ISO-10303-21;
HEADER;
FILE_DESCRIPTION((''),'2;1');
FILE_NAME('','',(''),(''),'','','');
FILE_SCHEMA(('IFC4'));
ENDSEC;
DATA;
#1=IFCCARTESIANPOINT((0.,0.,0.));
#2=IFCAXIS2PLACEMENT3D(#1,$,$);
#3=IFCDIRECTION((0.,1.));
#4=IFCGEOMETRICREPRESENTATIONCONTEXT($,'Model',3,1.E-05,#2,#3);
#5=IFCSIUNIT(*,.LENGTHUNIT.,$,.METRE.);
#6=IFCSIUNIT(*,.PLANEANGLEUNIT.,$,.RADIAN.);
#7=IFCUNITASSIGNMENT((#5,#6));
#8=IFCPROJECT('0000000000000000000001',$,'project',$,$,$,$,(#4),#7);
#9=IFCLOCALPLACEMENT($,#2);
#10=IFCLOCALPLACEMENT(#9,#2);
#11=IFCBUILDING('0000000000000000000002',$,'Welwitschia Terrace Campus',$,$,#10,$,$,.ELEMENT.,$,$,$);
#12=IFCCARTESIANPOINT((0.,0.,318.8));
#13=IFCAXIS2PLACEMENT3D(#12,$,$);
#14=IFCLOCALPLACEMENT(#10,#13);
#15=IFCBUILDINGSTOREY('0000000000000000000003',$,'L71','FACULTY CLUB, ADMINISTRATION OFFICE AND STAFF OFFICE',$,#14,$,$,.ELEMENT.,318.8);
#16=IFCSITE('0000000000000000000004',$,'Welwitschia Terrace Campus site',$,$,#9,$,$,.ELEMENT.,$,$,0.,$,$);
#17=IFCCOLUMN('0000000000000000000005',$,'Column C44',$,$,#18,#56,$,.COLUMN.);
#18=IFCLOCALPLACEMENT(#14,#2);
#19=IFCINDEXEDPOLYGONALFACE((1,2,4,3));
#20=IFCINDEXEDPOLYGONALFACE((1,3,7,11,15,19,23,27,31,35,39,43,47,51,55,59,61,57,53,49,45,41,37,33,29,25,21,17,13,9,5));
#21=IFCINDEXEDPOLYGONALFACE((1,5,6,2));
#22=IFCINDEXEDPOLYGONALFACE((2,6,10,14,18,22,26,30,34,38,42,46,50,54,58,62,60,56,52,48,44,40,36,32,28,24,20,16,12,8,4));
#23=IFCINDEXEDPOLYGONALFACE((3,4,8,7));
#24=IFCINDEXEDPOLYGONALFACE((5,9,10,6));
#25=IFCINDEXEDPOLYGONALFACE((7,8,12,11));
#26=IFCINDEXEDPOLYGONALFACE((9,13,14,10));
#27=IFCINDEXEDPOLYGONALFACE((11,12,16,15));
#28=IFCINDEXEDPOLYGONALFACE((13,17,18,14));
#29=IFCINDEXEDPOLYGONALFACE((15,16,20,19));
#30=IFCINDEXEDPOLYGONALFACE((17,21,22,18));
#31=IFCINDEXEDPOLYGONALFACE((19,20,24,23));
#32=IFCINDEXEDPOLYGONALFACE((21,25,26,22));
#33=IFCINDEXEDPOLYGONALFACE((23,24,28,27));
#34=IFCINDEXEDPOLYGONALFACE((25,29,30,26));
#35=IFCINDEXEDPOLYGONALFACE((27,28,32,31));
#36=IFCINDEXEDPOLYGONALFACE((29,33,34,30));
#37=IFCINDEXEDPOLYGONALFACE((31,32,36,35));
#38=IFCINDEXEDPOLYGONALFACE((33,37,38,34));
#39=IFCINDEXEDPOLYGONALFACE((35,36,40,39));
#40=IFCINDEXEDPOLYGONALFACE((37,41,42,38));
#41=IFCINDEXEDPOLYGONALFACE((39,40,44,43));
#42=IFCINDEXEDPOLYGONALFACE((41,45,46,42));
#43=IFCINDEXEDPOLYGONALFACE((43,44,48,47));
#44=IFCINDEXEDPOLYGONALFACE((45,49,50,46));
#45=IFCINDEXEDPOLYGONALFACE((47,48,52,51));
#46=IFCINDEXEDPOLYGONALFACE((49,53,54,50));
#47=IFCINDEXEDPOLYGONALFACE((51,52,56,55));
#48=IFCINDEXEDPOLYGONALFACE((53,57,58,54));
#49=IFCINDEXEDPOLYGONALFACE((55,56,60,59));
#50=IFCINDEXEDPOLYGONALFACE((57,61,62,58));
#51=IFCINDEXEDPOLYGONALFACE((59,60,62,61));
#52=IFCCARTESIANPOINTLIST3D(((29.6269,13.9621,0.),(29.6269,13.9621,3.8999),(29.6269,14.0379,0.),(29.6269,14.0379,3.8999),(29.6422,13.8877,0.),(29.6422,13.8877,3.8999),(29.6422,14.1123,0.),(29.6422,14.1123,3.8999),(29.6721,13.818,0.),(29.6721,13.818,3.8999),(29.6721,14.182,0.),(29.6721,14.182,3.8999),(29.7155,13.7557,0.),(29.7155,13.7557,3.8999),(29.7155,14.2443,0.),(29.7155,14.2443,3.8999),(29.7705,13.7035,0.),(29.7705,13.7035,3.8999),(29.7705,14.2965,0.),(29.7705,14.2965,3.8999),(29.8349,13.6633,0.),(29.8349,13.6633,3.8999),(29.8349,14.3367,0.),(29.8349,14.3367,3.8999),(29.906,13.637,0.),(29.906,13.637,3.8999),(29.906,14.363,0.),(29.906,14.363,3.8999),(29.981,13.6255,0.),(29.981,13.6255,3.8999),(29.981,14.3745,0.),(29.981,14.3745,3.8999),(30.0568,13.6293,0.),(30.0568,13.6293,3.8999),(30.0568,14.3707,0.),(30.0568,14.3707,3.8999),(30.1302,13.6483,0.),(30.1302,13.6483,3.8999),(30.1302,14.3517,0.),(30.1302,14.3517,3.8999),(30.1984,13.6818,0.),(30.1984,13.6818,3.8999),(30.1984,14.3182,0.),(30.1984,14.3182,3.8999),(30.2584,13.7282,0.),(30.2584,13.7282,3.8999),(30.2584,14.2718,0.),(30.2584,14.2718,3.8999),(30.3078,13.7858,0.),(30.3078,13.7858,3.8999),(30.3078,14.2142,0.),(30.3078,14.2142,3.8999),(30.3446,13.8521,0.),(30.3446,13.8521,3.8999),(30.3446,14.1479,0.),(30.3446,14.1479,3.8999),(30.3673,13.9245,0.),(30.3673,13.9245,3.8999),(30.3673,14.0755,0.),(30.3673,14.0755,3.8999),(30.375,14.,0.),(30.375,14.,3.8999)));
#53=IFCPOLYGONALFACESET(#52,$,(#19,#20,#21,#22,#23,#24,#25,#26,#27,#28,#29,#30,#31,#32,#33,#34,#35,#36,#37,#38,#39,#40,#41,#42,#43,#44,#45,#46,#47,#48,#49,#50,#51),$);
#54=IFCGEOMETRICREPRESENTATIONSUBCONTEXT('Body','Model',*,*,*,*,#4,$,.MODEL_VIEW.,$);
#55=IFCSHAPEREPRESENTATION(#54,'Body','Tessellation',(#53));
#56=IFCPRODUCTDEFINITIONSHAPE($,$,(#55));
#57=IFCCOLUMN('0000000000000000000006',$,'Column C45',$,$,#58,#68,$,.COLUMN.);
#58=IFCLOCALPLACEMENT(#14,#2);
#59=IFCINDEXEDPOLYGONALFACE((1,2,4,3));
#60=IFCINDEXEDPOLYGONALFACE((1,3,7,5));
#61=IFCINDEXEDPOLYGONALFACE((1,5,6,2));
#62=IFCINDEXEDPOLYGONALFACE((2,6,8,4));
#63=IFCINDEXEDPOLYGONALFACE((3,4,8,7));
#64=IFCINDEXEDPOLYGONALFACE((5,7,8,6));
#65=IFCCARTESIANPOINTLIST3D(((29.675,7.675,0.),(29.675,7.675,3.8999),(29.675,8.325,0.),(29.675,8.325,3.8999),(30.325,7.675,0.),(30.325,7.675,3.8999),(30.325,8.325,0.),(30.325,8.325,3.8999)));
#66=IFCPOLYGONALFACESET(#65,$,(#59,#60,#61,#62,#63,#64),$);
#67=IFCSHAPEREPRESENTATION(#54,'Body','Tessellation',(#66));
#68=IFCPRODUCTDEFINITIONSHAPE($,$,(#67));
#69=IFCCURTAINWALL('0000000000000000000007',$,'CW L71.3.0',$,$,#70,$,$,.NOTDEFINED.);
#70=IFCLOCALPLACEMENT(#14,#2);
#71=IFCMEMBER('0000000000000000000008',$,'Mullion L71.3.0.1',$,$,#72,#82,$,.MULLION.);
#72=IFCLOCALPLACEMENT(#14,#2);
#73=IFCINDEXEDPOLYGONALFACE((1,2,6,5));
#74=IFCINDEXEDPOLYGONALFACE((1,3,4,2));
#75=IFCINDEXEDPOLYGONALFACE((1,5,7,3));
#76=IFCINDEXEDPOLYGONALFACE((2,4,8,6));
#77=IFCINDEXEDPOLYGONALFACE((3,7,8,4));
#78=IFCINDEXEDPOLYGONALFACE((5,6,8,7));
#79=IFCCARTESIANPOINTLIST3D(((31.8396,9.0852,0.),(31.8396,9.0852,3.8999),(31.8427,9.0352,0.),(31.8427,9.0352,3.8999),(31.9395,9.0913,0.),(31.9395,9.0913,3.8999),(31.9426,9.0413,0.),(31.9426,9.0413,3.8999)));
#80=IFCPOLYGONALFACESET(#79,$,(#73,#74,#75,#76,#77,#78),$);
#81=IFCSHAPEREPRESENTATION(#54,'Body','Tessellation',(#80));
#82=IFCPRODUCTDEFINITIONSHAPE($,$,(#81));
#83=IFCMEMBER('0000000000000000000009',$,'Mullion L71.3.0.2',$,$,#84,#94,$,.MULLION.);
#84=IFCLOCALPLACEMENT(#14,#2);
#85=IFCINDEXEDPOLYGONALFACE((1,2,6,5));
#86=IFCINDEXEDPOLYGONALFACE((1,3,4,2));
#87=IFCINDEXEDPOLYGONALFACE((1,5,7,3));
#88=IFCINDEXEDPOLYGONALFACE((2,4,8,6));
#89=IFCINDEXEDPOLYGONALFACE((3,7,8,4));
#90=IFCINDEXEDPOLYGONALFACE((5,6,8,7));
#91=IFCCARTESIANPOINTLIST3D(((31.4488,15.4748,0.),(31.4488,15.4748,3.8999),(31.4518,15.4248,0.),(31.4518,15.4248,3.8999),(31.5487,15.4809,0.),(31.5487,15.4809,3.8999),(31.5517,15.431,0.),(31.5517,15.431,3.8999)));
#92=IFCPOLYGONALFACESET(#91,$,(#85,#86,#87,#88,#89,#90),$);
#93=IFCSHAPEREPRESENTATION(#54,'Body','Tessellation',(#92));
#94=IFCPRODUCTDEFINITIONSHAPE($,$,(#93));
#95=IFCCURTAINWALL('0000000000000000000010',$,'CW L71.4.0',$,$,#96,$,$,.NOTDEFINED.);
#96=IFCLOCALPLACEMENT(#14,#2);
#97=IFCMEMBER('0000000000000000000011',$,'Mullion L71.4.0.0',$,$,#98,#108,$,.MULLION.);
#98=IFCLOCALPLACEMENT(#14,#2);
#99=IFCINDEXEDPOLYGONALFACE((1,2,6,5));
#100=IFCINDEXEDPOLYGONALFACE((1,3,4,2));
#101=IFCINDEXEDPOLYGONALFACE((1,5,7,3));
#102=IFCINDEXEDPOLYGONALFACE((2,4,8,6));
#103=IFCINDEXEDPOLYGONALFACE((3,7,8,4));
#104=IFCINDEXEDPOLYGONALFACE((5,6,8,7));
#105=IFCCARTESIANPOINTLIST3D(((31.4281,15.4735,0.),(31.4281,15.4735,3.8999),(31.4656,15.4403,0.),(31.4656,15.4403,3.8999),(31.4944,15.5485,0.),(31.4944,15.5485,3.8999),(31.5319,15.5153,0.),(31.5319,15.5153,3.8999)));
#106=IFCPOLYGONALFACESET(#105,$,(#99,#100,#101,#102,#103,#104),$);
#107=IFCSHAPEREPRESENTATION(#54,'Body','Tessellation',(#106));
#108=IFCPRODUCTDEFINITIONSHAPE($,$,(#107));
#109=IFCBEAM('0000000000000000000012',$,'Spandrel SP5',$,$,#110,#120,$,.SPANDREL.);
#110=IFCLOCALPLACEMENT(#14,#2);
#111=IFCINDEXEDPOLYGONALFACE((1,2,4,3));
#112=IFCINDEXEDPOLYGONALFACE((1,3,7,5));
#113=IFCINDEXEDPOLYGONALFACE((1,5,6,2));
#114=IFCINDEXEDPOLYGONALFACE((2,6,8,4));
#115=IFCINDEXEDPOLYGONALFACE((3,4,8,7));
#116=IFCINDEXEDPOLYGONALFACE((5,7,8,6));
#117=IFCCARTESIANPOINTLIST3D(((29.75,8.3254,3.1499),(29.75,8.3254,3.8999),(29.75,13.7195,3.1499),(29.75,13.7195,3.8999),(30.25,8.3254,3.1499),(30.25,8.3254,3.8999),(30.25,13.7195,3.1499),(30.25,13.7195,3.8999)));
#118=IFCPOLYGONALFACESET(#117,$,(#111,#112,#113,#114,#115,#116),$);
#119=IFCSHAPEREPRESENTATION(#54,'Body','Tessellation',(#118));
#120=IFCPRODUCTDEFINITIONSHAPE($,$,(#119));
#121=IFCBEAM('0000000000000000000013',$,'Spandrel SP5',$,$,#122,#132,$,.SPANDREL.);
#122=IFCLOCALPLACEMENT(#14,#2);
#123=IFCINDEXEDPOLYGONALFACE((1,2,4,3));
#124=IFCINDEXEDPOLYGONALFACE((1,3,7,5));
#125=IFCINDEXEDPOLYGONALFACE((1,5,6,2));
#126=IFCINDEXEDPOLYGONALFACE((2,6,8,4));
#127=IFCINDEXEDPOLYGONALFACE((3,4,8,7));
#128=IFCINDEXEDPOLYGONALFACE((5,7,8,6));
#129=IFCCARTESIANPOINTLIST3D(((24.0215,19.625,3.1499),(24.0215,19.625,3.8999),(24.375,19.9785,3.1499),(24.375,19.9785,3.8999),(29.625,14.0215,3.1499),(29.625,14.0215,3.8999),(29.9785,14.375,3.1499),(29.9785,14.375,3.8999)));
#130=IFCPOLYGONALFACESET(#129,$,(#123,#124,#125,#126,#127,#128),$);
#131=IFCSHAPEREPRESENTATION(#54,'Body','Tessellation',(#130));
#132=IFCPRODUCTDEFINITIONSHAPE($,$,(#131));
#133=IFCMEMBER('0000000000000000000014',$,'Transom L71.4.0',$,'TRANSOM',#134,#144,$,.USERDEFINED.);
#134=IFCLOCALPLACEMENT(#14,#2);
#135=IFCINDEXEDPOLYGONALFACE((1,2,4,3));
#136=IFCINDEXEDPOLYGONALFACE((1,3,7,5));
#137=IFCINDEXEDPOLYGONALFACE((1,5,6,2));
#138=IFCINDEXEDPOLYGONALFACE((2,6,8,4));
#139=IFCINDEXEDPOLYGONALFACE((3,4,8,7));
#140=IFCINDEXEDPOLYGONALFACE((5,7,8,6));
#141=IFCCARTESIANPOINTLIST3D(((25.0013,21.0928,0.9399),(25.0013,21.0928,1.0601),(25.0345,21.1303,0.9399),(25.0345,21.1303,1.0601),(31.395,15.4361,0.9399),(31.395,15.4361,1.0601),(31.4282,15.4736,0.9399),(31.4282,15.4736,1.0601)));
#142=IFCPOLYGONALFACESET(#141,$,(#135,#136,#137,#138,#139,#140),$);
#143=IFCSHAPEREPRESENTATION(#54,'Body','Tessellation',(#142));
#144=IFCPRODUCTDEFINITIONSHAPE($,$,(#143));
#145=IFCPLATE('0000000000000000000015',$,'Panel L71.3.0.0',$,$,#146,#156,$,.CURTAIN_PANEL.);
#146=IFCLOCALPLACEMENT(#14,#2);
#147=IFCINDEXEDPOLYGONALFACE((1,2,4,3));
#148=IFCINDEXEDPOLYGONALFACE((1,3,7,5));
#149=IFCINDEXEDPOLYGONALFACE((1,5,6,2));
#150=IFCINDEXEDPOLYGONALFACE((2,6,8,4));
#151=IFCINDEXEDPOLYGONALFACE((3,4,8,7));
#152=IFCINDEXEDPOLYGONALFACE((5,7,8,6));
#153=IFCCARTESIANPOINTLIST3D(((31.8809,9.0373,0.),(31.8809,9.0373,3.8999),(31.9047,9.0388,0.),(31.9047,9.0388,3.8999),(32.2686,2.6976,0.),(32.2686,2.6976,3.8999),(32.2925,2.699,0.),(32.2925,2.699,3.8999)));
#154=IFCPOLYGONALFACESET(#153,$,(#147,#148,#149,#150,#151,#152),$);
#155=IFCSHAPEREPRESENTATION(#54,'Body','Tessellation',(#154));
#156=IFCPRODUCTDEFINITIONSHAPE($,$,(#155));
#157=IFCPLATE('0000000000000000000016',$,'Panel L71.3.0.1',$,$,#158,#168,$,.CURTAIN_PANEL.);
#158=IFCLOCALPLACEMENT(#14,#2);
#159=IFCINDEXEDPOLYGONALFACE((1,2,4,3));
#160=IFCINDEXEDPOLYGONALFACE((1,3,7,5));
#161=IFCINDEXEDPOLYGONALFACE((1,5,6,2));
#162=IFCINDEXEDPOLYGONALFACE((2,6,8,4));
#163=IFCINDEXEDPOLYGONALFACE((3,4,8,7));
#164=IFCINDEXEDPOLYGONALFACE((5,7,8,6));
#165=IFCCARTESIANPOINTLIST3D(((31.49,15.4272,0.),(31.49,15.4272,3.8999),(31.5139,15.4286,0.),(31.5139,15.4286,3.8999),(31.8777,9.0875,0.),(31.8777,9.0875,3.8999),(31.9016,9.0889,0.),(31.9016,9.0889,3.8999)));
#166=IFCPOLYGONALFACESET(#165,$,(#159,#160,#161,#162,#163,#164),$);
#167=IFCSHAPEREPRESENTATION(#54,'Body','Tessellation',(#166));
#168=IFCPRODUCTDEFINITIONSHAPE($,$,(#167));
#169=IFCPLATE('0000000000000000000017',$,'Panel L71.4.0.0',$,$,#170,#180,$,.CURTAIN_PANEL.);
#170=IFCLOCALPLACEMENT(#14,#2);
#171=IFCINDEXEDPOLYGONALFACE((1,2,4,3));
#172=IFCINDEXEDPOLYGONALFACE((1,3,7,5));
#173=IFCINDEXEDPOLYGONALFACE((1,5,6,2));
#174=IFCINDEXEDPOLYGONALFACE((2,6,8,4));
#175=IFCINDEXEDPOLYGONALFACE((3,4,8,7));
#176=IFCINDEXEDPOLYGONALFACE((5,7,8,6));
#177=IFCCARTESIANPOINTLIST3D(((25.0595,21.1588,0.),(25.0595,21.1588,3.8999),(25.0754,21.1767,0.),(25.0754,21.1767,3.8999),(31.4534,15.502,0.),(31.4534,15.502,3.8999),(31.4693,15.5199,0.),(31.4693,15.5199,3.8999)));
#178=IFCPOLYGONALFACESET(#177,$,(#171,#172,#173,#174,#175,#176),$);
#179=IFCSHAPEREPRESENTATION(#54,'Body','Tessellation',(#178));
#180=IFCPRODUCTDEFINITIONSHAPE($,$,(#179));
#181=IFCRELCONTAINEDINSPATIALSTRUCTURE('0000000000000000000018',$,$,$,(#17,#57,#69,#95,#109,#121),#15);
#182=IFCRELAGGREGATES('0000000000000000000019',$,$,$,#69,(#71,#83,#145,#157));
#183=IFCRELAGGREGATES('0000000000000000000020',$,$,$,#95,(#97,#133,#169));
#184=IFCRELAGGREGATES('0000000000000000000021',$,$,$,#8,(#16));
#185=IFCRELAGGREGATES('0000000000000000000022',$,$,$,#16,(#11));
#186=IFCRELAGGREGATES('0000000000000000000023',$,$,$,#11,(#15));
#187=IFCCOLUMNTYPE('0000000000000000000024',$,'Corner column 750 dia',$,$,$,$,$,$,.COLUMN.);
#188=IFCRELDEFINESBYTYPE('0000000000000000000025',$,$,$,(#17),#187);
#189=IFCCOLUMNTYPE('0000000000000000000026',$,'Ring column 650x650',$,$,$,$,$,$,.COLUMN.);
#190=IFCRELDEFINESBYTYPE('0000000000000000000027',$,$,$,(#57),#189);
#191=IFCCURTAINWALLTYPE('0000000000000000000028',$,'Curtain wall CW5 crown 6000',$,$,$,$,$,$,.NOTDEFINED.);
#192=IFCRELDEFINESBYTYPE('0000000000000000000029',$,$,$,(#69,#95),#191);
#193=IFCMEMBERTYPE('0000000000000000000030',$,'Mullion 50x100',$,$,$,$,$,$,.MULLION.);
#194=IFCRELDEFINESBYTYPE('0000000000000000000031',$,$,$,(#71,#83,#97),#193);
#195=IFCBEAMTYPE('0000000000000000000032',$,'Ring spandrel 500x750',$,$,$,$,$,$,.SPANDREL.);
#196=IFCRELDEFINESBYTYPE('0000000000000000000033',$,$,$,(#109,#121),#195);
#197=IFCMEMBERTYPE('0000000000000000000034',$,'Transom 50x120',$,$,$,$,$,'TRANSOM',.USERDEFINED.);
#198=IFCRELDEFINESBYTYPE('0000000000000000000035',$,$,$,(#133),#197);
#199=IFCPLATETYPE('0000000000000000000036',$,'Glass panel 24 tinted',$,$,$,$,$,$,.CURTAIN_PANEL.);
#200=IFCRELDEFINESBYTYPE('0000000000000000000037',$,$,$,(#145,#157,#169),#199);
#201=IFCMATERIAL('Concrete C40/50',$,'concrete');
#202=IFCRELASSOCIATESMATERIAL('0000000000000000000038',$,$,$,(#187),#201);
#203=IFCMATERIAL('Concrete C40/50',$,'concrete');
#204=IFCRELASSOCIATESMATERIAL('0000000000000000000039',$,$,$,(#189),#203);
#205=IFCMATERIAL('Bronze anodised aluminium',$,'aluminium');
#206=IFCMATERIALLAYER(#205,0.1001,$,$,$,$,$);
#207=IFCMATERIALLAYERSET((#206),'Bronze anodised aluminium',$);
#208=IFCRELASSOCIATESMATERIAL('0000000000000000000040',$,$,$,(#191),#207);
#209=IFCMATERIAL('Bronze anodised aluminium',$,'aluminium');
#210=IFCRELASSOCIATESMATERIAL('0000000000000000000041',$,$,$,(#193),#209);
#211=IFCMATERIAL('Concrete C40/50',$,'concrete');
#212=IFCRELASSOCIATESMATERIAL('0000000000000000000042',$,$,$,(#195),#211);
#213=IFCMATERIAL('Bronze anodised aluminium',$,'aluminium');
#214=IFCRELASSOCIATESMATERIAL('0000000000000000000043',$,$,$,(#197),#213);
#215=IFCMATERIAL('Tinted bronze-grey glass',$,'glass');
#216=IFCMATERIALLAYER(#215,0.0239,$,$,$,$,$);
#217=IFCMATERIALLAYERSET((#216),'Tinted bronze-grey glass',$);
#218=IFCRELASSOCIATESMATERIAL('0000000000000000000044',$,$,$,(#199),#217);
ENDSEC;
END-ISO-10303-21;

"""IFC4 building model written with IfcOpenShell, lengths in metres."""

from ifc_helpers import new_model, si_unit, direction, frame, origin, origin_2d, place, context, subcontext, project, spatial, rectangle, circle, extrude, material, layer, layer_set, material_profile, profile_set, type_object, element, aggregate, save


model = new_model("IFC4")

# Units and contexts
model_context = context("Model", 3, precision=1e-05, world=origin(), true_north=direction((0.0, 1.0)))
body_context = subcontext(model_context, "Body", "Model", "MODEL_VIEW")
ifc_project = project(units=[si_unit("LENGTHUNIT", "METRE"), si_unit("PLANEANGLEUNIT", "RADIAN")], contexts=[model_context])

# Site, building, storey
site_placement = place(None, origin())
site = spatial("IfcSite", under=ifc_project, at=site_placement, Name="Welwitschia Terrace Campus site", CompositionType="ELEMENT", RefElevation=0.0)
building_placement = place(site_placement, origin())
building = spatial("IfcBuilding", under=site, at=building_placement, Name="Welwitschia Terrace Campus", CompositionType="ELEMENT")
storey_placement = place(building_placement, frame((0.0, 0.0, 318.8)))
storey = spatial("IfcBuildingStorey", under=building, at=storey_placement, Name="L71", Description="FACULTY CLUB, ADMINISTRATION OFFICE AND STAFF OFFICE", CompositionType="ELEMENT", Elevation=318.8)

# Columns
ifc_material_1 = material(Name="Concrete C40/50", Category="concrete")
ifc_material_profile_1 = material_profile(ifc_material_1, circle(Radius=0.375, at=origin_2d()))
ifc_profile_set_1 = profile_set([ifc_material_profile_1], Name="Concrete C40/50")
column_type_1 = type_object("IfcColumnType", Name="Corner column 750 dia", PredefinedType="COLUMN", material=ifc_profile_set_1)
column_1_placement = place(storey_placement, frame((30.0, 14.0, 0.0), z_axis=(0.0, 0.0, 1.0), x_axis=(1.0, 0.0, 0.0)))
element("IfcColumn", 1, at=column_1_placement, inside=storey, type_object=column_type_1, Name="Column C44", PredefinedType="COLUMN", context=body_context, shape_type="SweptSolid", body=[
    extrude(circle(Radius=0.375, at=origin_2d()), origin(), (0.0, 0.0, 1.0), 3.8999),
])
ifc_material_2 = material(Name="Concrete C40/50", Category="concrete")
ifc_material_profile_2 = material_profile(ifc_material_2, rectangle(XDim=0.6499, YDim=0.6499, at=origin_2d()))
ifc_profile_set_2 = profile_set([ifc_material_profile_2], Name="Concrete C40/50")
column_type_2 = type_object("IfcColumnType", Name="Ring column 650x650", PredefinedType="COLUMN", material=ifc_profile_set_2)
column_2_placement = place(storey_placement, frame((30.0, 8.0, 0.0), z_axis=(0.0, 0.0, 1.0), x_axis=(1.0, 0.0, 0.0)))
element("IfcColumn", 2, at=column_2_placement, inside=storey, type_object=column_type_2, Name="Column C45", PredefinedType="COLUMN", context=body_context, shape_type="SweptSolid", body=[
    extrude(rectangle(XDim=0.6499, YDim=0.6499, at=origin_2d()), origin(), (0.0, 0.0, 1.0), 3.8999),
])

# Curtain wall, members
ifc_material_3 = material(Name="Bronze anodised aluminium", Category="aluminium")
ifc_layer_1 = layer(ifc_material_3, 0.1001)
ifc_layer_set_1 = layer_set([ifc_layer_1], Name="Bronze anodised aluminium")
curtain_wall_type = type_object("IfcCurtainWallType", Name="Curtain wall CW5 crown 6000", PredefinedType="NOTDEFINED", material=ifc_layer_set_1)
curtain_wall_1_placement = place(storey_placement, origin())
curtain_wall_1 = element("IfcCurtainWall", 3, at=curtain_wall_1_placement, inside=storey, type_object=curtain_wall_type, Name="CW L71.3.0", PredefinedType="NOTDEFINED")
ifc_material_4 = material(Name="Bronze anodised aluminium", Category="aluminium")
ifc_material_profile_3 = material_profile(ifc_material_4, rectangle(XDim=0.1001, YDim=0.05, at=origin_2d()))
ifc_profile_set_3 = profile_set([ifc_material_profile_3], Name="Bronze anodised aluminium")
member_type_1 = type_object("IfcMemberType", Name="Mullion 50x100", PredefinedType="MULLION", material=ifc_profile_set_3)
member_1_placement = place(storey_placement, frame((31.8911, 9.0632, 0.0), z_axis=(0.0, 0.0, 1.0), x_axis=(-0.998135, -0.061049, 0.0)))
member_1 = element("IfcMember", 4, at=member_1_placement, type_object=member_type_1, Name="Mullion L71.3.0.1", PredefinedType="MULLION", context=body_context, shape_type="SweptSolid", body=[
    extrude(rectangle(XDim=0.1001, YDim=0.05, at=origin_2d()), origin(), (0.0, 0.0, 1.0), 3.8999),
])
member_2_placement = place(storey_placement, frame((31.5002, 15.4529, 0.0), z_axis=(0.0, 0.0, 1.0), x_axis=(-0.998135, -0.061049, 0.0)))
member_2 = element("IfcMember", 5, at=member_2_placement, type_object=member_type_1, Name="Mullion L71.3.0.2", PredefinedType="MULLION", context=body_context, shape_type="SweptSolid", body=[
    extrude(rectangle(XDim=0.1001, YDim=0.05, at=origin_2d()), origin(), (0.0, 0.0, 1.0), 3.8999),
])

# Curtain wall, member
curtain_wall_2_placement = place(storey_placement, origin())
curtain_wall_2 = element("IfcCurtainWall", 6, at=curtain_wall_2_placement, inside=storey, type_object=curtain_wall_type, Name="CW L71.4.0", PredefinedType="NOTDEFINED")
member_3_placement = place(storey_placement, frame((31.48, 15.4944, 0.0), z_axis=(0.0, 0.0, 1.0), x_axis=(-0.66262, -0.748956, 0.0)))
member_3 = element("IfcMember", 7, at=member_3_placement, type_object=member_type_1, Name="Mullion L71.4.0.0", PredefinedType="MULLION", context=body_context, shape_type="SweptSolid", body=[
    extrude(rectangle(XDim=0.1001, YDim=0.05, at=origin_2d()), origin(), (0.0, 0.0, 1.0), 3.8999),
])

# Beams
ifc_material_5 = material(Name="Concrete C40/50", Category="concrete")
ifc_material_profile_4 = material_profile(ifc_material_5, rectangle(XDim=0.5, YDim=0.75, at=origin_2d()))
ifc_profile_set_4 = profile_set([ifc_material_profile_4], Name="Concrete C40/50")
beam_type = type_object("IfcBeamType", Name="Ring spandrel 500x750", PredefinedType="SPANDREL", material=ifc_profile_set_4)
beam_1_placement = place(storey_placement, frame((30.0, 8.3254, 3.5249), z_axis=(0.0, 1.0, 0.0), x_axis=(-1.0, 0.0, 0.0)))
element("IfcBeam", 8, at=beam_1_placement, inside=storey, type_object=beam_type, Name="Spandrel SP5", PredefinedType="SPANDREL", context=body_context, shape_type="SweptSolid", body=[
    extrude(rectangle(XDim=0.5, YDim=0.75, at=origin_2d()), origin(), (0.0, 0.0, 1.0), 5.394),
])
beam_2_placement = place(storey_placement, frame((29.8018, 14.1982, 3.5249), z_axis=(-0.707107, 0.707107, 0.0), x_axis=(-0.707107, -0.707107, 0.0)))
element("IfcBeam", 9, at=beam_2_placement, inside=storey, type_object=beam_type, Name="Spandrel SP5", PredefinedType="SPANDREL", context=body_context, shape_type="SweptSolid", body=[
    extrude(rectangle(XDim=0.5, YDim=0.75, at=origin_2d()), origin(), (0.0, 0.0, 1.0), 7.9246),
])

# Member
ifc_material_6 = material(Name="Bronze anodised aluminium", Category="aluminium")
ifc_material_profile_5 = material_profile(ifc_material_6, rectangle(XDim=0.05, YDim=0.1201, at=origin_2d()))
ifc_profile_set_5 = profile_set([ifc_material_profile_5], Name="Bronze anodised aluminium")
member_type_2 = type_object("IfcMemberType", Name="Transom 50x120", ElementType="TRANSOM", PredefinedType="USERDEFINED", material=ifc_profile_set_5)
member_4_placement = place(storey_placement, frame((31.4116, 15.4548, 1.0), z_axis=(-0.748957, 0.662619, 0.0), x_axis=(-0.662619, -0.748957, 0.0)))
member_4 = element("IfcMember", 10, at=member_4_placement, type_object=member_type_2, Name="Transom L71.4.0", ObjectType="TRANSOM", PredefinedType="USERDEFINED", context=body_context, shape_type="SweptSolid", body=[
    extrude(rectangle(XDim=0.05, YDim=0.1201, at=origin_2d()), origin(), (0.0, 0.0, 1.0), 8.5369),
])

# Plates
ifc_material_7 = material(Name="Tinted bronze-grey glass", Category="glass")
ifc_layer_2 = layer(ifc_material_7, 0.0239)
ifc_layer_set_2 = layer_set([ifc_layer_2], Name="Tinted bronze-grey glass")
plate_type = type_object("IfcPlateType", Name="Glass panel 24 tinted", PredefinedType="CURTAIN_PANEL", material=ifc_layer_set_2)
plate_1_placement = place(storey_placement, frame((32.0867, 5.8682, 0.0), z_axis=(0.0, 0.0, 1.0), x_axis=(-0.061049, 0.998135, 0.0)))
plate_1 = element("IfcPlate", 11, at=plate_1_placement, type_object=plate_type, Name="Panel L71.3.0.0", PredefinedType="CURTAIN_PANEL", context=body_context, shape_type="SweptSolid", body=[
    extrude(rectangle(XDim=6.3516, YDim=0.0239, at=origin_2d()), origin(), (0.0, 0.0, 1.0), 3.8999),
])
plate_2_placement = place(storey_placement, frame((31.6958, 12.2581, 0.0), z_axis=(0.0, 0.0, 1.0), x_axis=(-0.061049, 0.998135, 0.0)))
plate_2 = element("IfcPlate", 12, at=plate_2_placement, type_object=plate_type, Name="Panel L71.3.0.1", PredefinedType="CURTAIN_PANEL", context=body_context, shape_type="SweptSolid", body=[
    extrude(rectangle(XDim=6.3516, YDim=0.0239, at=origin_2d()), origin(), (0.0, 0.0, 1.0), 3.8999),
])
aggregate(curtain_wall_1, [member_1, member_2, plate_1, plate_2])
plate_3_placement = place(storey_placement, frame((28.2644, 18.3394, 0.0), z_axis=(0.0, 0.0, 1.0), x_axis=(-0.748956, 0.66262, 0.0)))
plate_3 = element("IfcPlate", 13, at=plate_3_placement, type_object=plate_type, Name="Panel L71.4.0.0", PredefinedType="CURTAIN_PANEL", context=body_context, shape_type="SweptSolid", body=[
    extrude(rectangle(XDim=8.5371, YDim=0.0239, at=origin_2d()), origin(), (0.0, 0.0, 1.0), 3.8999),
])
aggregate(curtain_wall_2, [member_3, member_4, plate_3])

save(model, "model.ifc")
